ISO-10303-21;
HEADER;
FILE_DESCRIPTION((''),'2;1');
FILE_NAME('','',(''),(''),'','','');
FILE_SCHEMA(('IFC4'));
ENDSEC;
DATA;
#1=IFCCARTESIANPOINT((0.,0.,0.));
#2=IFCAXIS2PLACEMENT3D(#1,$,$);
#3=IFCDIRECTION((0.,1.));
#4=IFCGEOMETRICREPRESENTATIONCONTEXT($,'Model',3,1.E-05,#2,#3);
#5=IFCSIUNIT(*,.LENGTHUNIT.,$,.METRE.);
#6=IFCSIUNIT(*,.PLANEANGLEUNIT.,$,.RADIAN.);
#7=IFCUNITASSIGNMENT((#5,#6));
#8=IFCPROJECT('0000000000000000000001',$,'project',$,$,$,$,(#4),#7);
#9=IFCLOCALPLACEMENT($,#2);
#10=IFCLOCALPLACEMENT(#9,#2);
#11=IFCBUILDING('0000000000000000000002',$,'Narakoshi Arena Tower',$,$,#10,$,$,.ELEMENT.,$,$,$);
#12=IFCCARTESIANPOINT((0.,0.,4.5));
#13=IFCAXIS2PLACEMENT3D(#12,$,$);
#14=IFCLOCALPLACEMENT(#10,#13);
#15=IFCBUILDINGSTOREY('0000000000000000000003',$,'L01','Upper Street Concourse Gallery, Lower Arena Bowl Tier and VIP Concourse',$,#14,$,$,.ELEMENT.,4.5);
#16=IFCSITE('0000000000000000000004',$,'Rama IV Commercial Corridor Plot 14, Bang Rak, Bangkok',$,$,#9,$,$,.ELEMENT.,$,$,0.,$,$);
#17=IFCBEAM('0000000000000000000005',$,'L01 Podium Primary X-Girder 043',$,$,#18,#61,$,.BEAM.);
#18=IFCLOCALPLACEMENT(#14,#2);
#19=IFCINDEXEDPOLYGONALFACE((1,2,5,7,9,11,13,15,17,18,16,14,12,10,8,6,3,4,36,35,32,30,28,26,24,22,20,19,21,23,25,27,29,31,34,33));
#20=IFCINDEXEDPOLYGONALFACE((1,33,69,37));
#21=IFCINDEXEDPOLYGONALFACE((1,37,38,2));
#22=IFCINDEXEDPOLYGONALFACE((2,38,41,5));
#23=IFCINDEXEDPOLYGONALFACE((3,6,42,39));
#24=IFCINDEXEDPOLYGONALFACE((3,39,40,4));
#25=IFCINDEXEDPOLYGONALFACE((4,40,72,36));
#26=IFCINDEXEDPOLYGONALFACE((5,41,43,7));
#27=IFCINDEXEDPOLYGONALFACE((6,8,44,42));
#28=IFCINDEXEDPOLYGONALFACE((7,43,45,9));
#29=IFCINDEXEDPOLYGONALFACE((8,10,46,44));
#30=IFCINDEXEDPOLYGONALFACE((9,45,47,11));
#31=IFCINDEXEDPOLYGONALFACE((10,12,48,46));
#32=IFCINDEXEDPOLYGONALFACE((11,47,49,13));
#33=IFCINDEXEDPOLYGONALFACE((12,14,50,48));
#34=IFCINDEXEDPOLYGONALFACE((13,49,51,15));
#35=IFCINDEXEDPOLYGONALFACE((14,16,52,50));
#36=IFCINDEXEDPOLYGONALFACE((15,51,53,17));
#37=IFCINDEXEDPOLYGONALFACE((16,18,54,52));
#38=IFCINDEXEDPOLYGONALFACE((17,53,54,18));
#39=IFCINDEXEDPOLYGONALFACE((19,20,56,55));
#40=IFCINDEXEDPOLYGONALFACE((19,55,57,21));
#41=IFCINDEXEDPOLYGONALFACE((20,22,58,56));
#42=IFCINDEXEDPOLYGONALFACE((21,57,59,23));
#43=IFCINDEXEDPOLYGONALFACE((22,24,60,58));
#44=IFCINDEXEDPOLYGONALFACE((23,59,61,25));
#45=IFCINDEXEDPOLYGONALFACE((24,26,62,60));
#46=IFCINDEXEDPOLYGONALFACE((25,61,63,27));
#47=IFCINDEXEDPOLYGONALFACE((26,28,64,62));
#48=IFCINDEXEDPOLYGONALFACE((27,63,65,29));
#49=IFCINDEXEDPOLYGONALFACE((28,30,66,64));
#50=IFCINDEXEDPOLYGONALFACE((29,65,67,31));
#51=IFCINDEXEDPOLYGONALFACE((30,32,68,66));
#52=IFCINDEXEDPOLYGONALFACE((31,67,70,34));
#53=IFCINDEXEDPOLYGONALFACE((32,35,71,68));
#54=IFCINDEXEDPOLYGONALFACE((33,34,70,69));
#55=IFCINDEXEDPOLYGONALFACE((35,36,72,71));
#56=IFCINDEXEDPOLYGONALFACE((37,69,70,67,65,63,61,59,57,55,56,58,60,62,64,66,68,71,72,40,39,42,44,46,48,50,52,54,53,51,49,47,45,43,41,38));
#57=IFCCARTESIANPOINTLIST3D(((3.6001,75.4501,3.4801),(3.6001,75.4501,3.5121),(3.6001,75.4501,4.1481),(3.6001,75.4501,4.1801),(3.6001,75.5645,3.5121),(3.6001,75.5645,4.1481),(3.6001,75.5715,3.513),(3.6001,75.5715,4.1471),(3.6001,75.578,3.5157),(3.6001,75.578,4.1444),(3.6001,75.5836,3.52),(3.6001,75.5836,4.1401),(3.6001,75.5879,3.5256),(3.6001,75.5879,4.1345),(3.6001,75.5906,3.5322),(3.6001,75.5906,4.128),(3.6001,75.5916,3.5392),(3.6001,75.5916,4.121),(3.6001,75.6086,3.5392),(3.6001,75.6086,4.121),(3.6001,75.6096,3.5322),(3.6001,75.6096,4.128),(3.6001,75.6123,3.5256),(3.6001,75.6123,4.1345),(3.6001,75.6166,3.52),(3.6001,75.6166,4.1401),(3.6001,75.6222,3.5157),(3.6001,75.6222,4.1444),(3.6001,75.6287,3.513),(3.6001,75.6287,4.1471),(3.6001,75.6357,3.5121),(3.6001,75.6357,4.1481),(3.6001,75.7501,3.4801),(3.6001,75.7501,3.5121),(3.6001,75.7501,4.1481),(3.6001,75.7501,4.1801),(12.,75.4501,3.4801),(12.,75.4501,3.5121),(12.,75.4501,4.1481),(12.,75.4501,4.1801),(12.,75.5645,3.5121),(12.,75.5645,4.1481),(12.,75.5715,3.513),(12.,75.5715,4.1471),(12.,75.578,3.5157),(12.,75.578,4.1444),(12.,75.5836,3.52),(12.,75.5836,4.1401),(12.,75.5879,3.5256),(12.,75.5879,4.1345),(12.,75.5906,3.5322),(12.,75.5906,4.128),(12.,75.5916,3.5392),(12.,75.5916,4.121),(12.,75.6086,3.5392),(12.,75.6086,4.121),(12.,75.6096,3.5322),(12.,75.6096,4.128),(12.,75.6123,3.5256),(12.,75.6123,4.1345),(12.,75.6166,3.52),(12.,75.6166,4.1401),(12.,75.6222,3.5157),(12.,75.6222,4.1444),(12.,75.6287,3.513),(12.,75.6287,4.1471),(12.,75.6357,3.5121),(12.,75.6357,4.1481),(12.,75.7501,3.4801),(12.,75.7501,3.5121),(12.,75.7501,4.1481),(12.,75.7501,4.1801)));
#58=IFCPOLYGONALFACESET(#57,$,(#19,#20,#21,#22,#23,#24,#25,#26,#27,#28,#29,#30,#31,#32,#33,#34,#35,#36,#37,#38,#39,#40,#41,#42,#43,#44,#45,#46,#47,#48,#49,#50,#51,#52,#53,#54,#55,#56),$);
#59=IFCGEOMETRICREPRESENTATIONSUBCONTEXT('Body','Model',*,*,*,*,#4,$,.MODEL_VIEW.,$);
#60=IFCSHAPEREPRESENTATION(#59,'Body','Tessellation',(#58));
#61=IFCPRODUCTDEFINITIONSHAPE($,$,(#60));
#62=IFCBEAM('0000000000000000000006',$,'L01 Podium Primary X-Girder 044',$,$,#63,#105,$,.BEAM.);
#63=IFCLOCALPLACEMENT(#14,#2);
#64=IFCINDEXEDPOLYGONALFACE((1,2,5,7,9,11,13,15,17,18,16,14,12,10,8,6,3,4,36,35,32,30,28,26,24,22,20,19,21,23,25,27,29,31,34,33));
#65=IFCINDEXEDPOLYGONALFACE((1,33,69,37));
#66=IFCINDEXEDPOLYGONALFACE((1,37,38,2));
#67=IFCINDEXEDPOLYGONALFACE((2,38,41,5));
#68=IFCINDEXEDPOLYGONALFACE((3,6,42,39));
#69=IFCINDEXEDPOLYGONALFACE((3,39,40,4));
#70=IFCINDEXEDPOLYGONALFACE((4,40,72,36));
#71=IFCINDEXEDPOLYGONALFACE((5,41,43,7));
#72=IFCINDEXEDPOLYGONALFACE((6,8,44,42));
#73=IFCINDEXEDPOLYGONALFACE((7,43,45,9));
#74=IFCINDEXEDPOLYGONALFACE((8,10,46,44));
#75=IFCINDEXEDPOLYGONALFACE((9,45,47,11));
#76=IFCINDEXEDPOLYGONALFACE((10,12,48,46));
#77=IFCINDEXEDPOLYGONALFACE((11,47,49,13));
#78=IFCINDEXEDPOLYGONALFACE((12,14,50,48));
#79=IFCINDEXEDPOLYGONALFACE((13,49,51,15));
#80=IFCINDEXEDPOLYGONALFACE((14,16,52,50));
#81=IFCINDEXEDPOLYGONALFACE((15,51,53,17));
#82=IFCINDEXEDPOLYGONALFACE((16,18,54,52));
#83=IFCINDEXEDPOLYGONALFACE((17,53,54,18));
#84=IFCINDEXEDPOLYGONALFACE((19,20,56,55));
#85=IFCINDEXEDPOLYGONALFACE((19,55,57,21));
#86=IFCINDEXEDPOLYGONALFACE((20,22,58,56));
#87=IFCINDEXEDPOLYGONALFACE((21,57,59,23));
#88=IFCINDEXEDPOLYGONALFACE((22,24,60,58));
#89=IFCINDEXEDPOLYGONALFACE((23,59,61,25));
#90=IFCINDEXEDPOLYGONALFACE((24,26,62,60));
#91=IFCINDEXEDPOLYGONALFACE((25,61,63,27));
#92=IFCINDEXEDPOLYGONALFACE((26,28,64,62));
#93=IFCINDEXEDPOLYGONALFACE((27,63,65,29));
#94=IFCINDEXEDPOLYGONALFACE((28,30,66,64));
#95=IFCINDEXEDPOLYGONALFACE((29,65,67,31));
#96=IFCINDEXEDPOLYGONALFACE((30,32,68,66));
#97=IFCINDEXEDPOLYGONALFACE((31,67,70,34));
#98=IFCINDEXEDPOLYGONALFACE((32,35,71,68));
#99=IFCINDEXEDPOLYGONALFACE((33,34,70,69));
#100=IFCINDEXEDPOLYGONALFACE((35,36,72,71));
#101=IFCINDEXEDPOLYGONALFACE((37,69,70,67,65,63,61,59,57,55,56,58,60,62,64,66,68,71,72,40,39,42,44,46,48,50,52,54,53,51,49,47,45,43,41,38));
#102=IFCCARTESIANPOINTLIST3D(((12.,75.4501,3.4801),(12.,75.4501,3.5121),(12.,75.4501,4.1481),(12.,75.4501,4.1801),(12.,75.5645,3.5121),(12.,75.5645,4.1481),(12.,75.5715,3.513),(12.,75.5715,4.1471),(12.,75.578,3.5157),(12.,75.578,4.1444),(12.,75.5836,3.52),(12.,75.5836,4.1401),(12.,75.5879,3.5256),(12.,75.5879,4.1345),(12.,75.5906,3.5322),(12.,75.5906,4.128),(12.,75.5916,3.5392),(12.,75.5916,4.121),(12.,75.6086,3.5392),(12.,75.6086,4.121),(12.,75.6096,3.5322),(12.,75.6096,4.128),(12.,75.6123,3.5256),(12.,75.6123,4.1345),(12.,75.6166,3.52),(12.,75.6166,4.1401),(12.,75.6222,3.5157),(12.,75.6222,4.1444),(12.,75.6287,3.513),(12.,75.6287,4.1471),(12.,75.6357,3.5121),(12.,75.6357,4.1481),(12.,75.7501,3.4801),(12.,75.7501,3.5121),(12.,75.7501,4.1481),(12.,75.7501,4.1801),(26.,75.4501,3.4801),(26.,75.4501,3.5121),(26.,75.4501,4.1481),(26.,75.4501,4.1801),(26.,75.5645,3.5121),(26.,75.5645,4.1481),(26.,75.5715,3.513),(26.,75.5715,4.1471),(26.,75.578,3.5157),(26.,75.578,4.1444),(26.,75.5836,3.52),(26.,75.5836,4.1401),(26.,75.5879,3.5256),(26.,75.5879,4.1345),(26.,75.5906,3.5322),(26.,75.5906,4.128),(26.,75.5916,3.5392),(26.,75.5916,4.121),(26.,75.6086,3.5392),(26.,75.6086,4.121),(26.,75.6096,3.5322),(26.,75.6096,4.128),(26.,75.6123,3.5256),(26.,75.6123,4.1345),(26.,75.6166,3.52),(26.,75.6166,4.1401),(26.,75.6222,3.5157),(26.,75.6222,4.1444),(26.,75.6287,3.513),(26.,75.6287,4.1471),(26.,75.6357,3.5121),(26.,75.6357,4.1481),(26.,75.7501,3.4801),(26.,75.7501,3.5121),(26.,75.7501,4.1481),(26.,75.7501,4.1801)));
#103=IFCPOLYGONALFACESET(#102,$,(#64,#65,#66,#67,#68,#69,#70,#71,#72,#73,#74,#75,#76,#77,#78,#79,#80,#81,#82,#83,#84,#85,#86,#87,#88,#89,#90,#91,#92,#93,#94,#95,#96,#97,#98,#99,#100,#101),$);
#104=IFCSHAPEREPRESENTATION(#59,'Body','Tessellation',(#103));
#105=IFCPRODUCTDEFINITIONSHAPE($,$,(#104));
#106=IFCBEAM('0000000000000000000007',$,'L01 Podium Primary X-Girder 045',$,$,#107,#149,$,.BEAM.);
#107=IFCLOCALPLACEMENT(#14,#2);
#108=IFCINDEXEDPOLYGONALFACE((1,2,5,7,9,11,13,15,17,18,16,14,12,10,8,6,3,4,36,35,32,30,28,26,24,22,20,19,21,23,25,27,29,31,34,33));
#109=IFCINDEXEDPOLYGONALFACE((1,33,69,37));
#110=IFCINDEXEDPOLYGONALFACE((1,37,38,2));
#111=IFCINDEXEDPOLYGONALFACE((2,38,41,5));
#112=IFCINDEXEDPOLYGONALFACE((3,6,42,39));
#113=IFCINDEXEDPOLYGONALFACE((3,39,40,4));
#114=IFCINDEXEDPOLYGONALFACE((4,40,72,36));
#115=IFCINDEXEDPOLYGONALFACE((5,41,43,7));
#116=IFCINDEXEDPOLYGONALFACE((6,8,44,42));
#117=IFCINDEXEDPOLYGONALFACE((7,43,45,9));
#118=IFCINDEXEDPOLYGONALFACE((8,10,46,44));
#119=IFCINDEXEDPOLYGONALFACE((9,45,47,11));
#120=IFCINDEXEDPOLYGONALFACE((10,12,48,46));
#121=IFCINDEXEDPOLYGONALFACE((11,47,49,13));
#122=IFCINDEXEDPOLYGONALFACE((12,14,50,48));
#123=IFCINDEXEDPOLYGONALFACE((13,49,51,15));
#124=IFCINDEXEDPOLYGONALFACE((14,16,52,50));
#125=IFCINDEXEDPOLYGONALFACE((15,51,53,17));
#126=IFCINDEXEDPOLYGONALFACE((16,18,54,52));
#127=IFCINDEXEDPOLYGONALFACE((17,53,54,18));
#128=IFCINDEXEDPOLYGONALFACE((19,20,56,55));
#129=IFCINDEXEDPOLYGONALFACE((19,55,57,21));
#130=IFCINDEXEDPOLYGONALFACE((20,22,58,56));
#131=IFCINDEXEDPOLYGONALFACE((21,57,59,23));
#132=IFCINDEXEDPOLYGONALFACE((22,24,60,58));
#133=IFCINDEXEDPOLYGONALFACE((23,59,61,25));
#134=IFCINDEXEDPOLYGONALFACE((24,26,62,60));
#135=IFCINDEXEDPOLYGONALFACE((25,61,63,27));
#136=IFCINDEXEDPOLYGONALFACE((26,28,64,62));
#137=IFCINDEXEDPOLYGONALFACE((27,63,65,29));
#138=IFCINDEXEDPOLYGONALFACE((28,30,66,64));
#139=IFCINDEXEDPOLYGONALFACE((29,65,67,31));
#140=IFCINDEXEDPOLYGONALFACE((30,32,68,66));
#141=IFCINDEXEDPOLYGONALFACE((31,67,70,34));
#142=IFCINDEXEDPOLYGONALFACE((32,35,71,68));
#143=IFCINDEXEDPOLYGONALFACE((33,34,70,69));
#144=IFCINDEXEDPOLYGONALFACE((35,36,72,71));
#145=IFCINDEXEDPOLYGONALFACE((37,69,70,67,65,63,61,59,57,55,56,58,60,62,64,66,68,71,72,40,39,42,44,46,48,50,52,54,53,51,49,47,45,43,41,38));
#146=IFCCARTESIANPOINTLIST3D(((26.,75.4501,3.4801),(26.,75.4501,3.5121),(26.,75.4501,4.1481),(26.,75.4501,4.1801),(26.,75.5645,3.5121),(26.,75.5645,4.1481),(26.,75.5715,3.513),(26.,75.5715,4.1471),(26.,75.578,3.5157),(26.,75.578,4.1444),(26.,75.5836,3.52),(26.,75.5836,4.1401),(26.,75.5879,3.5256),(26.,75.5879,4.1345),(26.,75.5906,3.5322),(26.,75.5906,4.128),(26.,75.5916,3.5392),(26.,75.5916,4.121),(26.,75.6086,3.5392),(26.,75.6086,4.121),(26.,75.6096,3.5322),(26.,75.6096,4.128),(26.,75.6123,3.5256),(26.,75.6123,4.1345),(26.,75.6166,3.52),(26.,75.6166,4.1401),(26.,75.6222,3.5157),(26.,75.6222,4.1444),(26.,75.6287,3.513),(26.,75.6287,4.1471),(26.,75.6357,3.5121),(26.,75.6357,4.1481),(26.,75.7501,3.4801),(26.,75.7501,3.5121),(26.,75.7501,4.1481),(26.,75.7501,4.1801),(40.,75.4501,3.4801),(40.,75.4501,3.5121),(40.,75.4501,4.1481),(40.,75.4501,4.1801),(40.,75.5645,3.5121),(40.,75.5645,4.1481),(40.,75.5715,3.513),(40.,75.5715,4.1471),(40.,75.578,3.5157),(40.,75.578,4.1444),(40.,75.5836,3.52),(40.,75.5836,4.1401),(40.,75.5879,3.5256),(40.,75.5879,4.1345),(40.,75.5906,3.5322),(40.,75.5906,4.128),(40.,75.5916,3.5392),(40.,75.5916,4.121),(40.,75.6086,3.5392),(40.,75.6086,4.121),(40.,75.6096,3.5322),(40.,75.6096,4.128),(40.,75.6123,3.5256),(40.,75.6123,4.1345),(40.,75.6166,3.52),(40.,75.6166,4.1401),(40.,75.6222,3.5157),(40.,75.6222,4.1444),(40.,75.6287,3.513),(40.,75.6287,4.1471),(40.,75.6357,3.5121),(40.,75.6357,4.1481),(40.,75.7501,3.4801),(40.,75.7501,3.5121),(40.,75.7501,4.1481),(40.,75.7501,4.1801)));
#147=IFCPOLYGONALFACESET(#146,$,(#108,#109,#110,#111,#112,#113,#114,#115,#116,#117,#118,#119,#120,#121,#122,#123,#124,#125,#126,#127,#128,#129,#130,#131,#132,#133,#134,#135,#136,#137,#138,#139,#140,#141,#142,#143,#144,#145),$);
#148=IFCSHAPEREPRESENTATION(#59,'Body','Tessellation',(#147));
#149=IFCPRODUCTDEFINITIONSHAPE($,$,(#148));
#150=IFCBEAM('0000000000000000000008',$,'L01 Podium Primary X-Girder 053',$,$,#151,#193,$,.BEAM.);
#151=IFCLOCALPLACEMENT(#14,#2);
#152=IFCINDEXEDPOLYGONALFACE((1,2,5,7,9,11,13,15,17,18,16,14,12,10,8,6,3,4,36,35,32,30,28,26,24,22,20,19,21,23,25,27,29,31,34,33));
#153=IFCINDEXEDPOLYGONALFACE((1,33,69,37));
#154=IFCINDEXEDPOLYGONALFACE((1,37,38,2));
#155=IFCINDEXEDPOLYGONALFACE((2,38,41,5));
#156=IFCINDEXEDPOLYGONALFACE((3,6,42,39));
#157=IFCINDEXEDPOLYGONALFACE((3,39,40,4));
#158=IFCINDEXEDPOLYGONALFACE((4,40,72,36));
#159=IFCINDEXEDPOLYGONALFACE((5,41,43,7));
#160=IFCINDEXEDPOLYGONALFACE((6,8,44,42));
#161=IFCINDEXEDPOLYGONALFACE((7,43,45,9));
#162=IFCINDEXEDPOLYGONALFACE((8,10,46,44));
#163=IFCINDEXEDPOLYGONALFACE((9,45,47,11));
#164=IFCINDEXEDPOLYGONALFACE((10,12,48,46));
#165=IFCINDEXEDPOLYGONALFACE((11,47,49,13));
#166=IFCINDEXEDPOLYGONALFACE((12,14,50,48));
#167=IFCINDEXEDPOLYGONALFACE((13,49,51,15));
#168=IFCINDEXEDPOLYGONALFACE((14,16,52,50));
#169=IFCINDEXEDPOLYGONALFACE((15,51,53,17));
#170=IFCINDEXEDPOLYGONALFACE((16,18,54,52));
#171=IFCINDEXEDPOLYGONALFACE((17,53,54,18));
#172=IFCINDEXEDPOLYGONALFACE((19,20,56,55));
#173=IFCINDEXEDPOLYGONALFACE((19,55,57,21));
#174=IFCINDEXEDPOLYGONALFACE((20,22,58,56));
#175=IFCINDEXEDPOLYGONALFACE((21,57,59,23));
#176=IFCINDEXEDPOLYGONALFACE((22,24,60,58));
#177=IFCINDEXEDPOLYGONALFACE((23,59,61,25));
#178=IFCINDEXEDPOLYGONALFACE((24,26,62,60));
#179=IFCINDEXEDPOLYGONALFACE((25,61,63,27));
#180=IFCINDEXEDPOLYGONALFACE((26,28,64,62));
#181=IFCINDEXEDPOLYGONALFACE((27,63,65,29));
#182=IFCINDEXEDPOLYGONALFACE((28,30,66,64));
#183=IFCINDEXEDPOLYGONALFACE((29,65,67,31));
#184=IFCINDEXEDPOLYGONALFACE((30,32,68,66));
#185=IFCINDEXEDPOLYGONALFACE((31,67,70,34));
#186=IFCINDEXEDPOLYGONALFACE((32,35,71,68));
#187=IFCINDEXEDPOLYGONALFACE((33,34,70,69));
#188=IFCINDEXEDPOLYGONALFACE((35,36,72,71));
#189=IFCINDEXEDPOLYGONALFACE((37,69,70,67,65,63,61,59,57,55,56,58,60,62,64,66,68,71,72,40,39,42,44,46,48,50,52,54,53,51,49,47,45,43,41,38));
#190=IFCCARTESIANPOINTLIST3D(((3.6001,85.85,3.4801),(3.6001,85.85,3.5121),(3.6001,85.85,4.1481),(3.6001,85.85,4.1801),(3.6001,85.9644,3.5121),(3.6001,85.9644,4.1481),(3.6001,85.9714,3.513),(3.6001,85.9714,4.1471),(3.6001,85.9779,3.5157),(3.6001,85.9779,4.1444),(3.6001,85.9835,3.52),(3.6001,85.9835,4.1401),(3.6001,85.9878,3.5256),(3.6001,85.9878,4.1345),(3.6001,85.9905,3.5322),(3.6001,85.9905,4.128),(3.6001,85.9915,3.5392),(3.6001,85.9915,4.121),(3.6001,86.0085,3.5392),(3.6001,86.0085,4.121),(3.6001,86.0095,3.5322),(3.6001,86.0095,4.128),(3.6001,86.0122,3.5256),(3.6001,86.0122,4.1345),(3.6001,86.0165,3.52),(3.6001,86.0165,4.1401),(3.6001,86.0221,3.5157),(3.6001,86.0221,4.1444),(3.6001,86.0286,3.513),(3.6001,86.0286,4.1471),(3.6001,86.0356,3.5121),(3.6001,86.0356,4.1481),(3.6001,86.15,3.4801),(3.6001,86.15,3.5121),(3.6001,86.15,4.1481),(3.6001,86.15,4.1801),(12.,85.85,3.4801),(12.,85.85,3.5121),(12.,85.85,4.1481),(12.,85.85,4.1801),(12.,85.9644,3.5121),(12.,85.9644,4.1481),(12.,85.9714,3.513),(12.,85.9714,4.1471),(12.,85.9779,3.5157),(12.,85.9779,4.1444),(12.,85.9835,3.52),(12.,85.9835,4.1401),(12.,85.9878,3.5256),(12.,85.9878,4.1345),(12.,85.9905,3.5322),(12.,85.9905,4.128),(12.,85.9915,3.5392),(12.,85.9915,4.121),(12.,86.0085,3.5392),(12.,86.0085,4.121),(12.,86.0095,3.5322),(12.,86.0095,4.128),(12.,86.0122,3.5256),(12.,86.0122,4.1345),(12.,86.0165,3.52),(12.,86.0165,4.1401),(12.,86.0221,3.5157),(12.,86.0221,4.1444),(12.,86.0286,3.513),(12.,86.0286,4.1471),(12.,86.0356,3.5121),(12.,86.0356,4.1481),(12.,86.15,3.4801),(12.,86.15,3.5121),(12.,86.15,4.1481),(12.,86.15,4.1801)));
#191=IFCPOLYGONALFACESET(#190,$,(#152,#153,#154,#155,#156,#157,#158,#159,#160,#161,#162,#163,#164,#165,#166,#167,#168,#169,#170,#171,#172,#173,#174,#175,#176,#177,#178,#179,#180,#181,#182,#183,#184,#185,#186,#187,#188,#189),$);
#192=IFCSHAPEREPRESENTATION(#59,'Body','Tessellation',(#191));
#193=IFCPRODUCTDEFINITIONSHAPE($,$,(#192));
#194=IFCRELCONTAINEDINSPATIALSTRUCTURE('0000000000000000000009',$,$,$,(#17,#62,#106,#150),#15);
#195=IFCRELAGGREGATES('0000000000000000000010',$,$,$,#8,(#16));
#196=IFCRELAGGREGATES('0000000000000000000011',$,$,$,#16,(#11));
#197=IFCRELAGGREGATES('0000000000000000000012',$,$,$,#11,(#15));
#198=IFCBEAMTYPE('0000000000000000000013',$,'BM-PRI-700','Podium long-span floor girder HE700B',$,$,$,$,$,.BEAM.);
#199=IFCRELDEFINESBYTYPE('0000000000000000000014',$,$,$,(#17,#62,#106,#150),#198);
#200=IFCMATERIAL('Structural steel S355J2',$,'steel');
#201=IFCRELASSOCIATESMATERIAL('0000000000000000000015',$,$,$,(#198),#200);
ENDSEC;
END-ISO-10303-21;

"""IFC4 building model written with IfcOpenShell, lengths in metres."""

from ifc_helpers import new_model, si_unit, direction, frame, origin, origin_2d, place, context, subcontext, project, spatial, i_section, extrude, material, material_profile, profile_set, type_object, element, save


model = new_model("IFC4")

# Units and contexts
model_context = context("Model", 3, precision=1e-05, world=origin(), true_north=direction((0.0, 1.0)))
body_context = subcontext(model_context, "Body", "Model", "MODEL_VIEW")
ifc_project = project(units=[si_unit("LENGTHUNIT", "METRE"), si_unit("PLANEANGLEUNIT", "RADIAN")], contexts=[model_context])

# Site, building, storey
site_placement = place(None, origin())
site = spatial("IfcSite", under=ifc_project, at=site_placement, Name="Rama IV Commercial Corridor Plot 14, Bang Rak, Bangkok", CompositionType="ELEMENT", RefElevation=0.0)
building_placement = place(site_placement, origin())
building = spatial("IfcBuilding", under=site, at=building_placement, Name="Narakoshi Arena Tower", CompositionType="ELEMENT")
storey_placement = place(building_placement, frame((0.0, 0.0, 4.5)))
storey = spatial("IfcBuildingStorey", under=building, at=storey_placement, Name="L01", Description="Upper Street Concourse Gallery, Lower Arena Bowl Tier and VIP Concourse", CompositionType="ELEMENT", Elevation=4.5)

# Beams
ifc_material_1 = material(Name="Structural steel S355J2", Category="steel")
ifc_material_profile_1 = material_profile(ifc_material_1, i_section(OverallWidth=0.3, OverallDepth=0.7, WebThickness=0.0171, FlangeThickness=0.032, FilletRadius=0.0271, at=origin_2d()), Name="HE700B")
ifc_profile_set_1 = profile_set([ifc_material_profile_1], Name="Structural steel S355J2")
beam_type_1 = type_object("IfcBeamType", Name="BM-PRI-700", Description="Podium long-span floor girder HE700B", PredefinedType="BEAM", material=ifc_profile_set_1)
beam_1_placement = place(storey_placement, frame((3.6001, 75.6001, 3.8301), z_axis=(1.0, 0.0, 0.0), x_axis=(0.0, 1.0, 0.0)))
element("IfcBeam", 1, at=beam_1_placement, inside=storey, type_object=beam_type_1, Name="L01 Podium Primary X-Girder 043", PredefinedType="BEAM", context=body_context, shape_type="SweptSolid", body=[
    extrude(i_section(OverallWidth=0.3, OverallDepth=0.7, WebThickness=0.0171, FlangeThickness=0.032, FilletRadius=0.0271, at=origin_2d()), origin(), (0.0, 0.0, 1.0), 8.3999),
])
for number, where, z_axis, x_axis, name in (
    (2, (12.0, 75.6001, 3.8301), (1.0, 0.0, 0.0), (0.0, 1.0, 0.0), "L01 Podium Primary X-Girder 044"),
    (3, (26.0, 75.6001, 3.8301), (1.0, 0.0, 0.0), (0.0, 1.0, 0.0), "L01 Podium Primary X-Girder 045"),
):
    element("IfcBeam", number, at=place(storey_placement, frame(where, z_axis=z_axis, x_axis=x_axis)), inside=storey, type_object=beam_type_1, Name=name, PredefinedType="BEAM", context=body_context, shape_type="SweptSolid", body=[
        extrude(i_section(OverallWidth=0.3, OverallDepth=0.7, WebThickness=0.0171, FlangeThickness=0.032, FilletRadius=0.0271, at=origin_2d()), origin(), (0.0, 0.0, 1.0), 14.0),
    ])
beam_2_placement = place(storey_placement, frame((3.6001, 86.0, 3.8301), z_axis=(1.0, 0.0, 0.0), x_axis=(0.0, 1.0, 0.0)))
element("IfcBeam", 4, at=beam_2_placement, inside=storey, type_object=beam_type_1, Name="L01 Podium Primary X-Girder 053", PredefinedType="BEAM", context=body_context, shape_type="SweptSolid", body=[
    extrude(i_section(OverallWidth=0.3, OverallDepth=0.7, WebThickness=0.0171, FlangeThickness=0.032, FilletRadius=0.0271, at=origin_2d()), origin(), (0.0, 0.0, 1.0), 8.3999),
])

save(model, "model.ifc")
